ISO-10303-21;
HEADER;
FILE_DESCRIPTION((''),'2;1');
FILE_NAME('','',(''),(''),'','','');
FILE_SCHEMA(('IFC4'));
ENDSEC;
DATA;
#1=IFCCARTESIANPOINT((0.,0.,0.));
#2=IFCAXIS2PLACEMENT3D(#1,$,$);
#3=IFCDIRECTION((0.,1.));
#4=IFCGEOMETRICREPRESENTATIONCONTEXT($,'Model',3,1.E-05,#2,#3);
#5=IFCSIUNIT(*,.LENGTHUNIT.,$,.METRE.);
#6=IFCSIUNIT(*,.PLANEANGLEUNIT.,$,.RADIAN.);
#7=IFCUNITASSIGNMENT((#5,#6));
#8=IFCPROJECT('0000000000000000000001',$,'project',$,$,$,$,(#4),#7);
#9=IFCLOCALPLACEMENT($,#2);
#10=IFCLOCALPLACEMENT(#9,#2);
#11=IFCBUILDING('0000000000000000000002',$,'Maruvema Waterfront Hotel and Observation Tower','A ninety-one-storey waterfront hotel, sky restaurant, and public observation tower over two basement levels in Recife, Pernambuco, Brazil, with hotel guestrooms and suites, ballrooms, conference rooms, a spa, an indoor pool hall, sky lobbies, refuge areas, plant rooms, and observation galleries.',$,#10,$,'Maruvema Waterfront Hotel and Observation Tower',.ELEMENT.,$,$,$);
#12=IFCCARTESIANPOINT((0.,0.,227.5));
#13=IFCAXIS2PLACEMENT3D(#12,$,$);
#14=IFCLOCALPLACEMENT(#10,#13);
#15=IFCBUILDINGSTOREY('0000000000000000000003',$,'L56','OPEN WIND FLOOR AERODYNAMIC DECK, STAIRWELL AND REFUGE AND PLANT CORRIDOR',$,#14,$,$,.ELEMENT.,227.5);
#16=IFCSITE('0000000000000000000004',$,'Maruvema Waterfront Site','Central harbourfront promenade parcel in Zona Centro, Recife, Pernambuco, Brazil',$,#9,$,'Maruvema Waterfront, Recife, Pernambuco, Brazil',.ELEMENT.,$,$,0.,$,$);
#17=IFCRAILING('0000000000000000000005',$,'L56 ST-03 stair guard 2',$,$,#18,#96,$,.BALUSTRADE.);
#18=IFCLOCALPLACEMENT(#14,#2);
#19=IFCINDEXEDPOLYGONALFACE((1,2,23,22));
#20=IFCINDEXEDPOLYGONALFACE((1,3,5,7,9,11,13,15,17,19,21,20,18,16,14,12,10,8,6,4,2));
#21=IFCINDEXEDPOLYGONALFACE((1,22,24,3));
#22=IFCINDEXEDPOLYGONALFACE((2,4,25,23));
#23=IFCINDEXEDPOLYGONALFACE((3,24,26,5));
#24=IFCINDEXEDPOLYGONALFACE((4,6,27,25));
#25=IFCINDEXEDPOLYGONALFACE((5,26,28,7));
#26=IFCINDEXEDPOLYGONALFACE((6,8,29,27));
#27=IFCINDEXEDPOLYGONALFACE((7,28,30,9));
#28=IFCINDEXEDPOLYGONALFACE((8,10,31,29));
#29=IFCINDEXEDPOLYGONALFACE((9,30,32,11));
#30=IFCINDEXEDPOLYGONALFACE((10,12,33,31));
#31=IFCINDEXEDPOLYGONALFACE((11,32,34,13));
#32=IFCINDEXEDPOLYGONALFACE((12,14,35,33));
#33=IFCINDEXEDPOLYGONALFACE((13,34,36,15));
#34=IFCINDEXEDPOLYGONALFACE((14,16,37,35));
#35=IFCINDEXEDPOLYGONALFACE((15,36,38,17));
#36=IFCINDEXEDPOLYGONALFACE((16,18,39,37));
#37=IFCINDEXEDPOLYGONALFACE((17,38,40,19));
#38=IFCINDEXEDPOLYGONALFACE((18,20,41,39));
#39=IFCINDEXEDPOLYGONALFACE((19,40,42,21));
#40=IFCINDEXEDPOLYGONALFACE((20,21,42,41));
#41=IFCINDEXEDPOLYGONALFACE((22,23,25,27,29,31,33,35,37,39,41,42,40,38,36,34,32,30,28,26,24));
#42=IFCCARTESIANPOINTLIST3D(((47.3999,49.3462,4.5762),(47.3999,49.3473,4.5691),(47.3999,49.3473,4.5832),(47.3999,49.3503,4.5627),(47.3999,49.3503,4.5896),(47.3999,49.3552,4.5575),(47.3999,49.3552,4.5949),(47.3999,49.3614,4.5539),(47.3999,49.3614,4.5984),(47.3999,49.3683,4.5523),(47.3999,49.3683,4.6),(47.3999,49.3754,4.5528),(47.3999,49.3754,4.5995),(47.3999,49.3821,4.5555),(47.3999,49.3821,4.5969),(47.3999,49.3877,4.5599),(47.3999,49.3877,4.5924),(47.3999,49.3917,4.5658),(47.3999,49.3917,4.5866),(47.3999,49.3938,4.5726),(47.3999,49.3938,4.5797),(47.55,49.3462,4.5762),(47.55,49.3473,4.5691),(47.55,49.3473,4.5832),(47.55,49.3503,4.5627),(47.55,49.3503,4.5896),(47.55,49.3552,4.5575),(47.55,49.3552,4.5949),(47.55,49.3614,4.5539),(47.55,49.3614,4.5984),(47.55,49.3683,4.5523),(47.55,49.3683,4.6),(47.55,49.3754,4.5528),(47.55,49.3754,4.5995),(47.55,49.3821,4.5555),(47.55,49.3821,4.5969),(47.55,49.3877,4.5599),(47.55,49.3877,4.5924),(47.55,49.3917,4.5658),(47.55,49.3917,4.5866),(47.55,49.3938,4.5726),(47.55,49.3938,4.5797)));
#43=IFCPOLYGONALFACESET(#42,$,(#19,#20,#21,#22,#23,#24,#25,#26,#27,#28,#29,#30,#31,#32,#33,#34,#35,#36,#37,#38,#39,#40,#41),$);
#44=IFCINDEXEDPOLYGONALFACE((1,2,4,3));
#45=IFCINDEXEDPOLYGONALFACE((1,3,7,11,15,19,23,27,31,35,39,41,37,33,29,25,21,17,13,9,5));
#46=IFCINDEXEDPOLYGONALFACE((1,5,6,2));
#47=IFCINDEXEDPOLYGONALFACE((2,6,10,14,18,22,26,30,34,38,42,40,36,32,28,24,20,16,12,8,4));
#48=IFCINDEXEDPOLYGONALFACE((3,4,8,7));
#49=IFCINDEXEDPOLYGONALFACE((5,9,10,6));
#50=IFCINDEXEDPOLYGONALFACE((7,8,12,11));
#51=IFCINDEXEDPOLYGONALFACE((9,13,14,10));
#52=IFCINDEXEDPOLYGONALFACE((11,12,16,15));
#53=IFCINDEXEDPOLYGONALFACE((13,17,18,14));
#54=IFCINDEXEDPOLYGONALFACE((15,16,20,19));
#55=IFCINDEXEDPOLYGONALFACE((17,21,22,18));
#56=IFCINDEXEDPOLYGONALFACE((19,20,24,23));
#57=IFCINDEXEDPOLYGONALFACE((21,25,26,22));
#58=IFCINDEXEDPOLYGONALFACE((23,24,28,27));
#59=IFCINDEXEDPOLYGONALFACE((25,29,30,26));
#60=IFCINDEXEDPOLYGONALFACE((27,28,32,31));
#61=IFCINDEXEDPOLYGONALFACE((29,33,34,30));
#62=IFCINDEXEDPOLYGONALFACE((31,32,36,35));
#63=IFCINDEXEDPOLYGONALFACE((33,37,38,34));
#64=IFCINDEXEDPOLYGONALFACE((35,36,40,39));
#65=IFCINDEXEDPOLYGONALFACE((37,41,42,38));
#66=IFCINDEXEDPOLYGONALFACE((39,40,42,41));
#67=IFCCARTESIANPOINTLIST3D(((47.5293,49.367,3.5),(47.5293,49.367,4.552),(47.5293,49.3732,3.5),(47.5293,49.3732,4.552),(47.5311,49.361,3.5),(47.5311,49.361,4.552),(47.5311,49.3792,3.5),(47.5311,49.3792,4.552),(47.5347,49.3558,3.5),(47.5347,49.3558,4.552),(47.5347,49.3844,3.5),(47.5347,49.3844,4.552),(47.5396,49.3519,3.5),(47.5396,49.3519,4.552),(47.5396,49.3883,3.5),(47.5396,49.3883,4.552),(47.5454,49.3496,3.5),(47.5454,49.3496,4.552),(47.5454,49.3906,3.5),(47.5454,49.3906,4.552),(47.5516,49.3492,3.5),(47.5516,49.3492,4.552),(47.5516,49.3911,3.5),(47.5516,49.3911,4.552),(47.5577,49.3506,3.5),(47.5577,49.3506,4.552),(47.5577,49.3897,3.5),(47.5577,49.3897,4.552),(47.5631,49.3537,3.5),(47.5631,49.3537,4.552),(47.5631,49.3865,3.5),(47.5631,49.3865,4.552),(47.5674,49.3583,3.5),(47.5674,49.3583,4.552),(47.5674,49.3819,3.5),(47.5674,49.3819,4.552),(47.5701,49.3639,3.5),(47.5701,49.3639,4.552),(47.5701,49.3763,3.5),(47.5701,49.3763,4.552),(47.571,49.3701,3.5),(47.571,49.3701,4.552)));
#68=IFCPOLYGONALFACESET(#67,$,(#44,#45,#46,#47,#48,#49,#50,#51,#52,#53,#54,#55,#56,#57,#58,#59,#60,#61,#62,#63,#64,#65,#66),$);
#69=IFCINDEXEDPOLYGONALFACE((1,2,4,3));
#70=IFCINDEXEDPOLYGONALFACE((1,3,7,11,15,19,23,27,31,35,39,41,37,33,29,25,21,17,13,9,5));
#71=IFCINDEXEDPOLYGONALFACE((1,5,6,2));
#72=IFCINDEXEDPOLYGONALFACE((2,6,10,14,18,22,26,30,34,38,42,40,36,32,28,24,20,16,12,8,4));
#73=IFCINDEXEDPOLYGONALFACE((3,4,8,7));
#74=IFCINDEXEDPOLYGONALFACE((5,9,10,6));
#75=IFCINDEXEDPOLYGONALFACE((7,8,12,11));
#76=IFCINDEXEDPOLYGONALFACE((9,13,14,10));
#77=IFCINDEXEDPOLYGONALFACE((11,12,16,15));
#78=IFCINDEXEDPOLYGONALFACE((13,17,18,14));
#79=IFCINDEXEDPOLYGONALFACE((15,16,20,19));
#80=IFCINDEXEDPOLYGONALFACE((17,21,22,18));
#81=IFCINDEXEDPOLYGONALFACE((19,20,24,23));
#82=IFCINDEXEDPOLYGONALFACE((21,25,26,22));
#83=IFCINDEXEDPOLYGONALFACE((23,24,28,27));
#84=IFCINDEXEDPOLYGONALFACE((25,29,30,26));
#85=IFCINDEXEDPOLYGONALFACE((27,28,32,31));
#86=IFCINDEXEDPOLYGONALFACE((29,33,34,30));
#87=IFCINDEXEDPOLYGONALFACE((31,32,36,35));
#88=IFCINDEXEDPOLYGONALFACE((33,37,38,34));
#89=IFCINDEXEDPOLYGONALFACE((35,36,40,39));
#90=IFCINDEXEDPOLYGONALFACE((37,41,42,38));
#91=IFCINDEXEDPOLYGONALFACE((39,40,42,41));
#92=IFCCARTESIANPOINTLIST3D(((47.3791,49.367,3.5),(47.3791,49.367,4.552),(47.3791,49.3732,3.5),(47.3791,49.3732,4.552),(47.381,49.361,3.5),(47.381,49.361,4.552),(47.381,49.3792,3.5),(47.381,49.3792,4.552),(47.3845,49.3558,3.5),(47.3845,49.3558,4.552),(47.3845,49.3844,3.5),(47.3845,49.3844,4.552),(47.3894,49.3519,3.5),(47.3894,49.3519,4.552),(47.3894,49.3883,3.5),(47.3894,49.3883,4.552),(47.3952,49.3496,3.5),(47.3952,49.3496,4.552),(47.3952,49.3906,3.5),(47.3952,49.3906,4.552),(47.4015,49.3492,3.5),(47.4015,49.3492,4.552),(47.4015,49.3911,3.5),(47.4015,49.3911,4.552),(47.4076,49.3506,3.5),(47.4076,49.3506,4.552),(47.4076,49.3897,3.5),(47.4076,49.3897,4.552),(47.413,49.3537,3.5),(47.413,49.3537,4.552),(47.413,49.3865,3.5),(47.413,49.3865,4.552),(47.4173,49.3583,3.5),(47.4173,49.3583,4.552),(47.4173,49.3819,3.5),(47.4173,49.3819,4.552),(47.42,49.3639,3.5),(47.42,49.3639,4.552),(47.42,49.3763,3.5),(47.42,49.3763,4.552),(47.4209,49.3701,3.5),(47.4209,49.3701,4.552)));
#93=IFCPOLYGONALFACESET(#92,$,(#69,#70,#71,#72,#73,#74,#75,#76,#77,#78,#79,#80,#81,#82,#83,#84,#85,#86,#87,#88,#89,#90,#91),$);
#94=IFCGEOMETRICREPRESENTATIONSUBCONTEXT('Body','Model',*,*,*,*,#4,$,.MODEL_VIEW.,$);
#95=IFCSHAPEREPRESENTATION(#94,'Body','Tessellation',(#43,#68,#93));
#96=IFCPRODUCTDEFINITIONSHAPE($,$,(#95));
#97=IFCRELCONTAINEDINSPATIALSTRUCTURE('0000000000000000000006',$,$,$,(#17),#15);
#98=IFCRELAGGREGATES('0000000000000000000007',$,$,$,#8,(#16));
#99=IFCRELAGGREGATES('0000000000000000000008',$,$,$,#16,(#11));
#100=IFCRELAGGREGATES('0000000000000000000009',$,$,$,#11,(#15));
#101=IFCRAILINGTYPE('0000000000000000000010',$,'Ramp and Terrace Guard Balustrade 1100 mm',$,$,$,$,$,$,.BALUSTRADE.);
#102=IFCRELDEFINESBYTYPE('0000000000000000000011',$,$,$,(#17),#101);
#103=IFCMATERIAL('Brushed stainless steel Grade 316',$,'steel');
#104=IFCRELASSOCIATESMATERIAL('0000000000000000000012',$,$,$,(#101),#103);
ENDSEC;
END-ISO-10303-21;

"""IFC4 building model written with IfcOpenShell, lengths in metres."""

from ifc_helpers import new_model, si_unit, direction, frame, origin, origin_2d, place, context, subcontext, project, spatial, circle, extrude, material, type_object, element, save


model = new_model("IFC4")

# Units and contexts
model_context = context("Model", 3, precision=1e-05, world=origin(), true_north=direction((0.0, 1.0)))
body_context = subcontext(model_context, "Body", "Model", "MODEL_VIEW")
ifc_project = project(units=[si_unit("LENGTHUNIT", "METRE"), si_unit("PLANEANGLEUNIT", "RADIAN")], contexts=[model_context])

# Site, building, storey
site_placement = place(None, origin())
site = spatial("IfcSite", under=ifc_project, at=site_placement, Name="Maruvema Waterfront Site", Description="Central harbourfront promenade parcel in Zona Centro, Recife, Pernambuco, Brazil", LongName="Maruvema Waterfront, Recife, Pernambuco, Brazil", CompositionType="ELEMENT", RefElevation=0.0)
building_placement = place(site_placement, origin())
building = spatial("IfcBuilding", under=site, at=building_placement, Name="Maruvema Waterfront Hotel and Observation Tower", Description="A ninety-one-storey waterfront hotel, sky restaurant, and public observation tower over two basement levels in Recife, Pernambuco, Brazil, with hotel guestrooms and suites, ballrooms, conference rooms, a spa, an indoor pool hall, sky lobbies, refuge areas, plant rooms, and observation galleries.", LongName="Maruvema Waterfront Hotel and Observation Tower", CompositionType="ELEMENT")
storey_placement = place(building_placement, frame((0.0, 0.0, 227.5)))
storey = spatial("IfcBuildingStorey", under=building, at=storey_placement, Name="L56", Description="OPEN WIND FLOOR AERODYNAMIC DECK, STAIRWELL AND REFUGE AND PLANT CORRIDOR", CompositionType="ELEMENT", Elevation=227.5)

# Railing
ifc_material_1 = material(Name="Brushed stainless steel Grade 316", Category="steel")
railing_type_1 = type_object("IfcRailingType", Name="Ramp and Terrace Guard Balustrade 1100 mm", PredefinedType="BALUSTRADE", material=ifc_material_1)
railing_1_placement = place(storey_placement, frame((47.55, 49.3701, 3.5)))
element("IfcRailing", 1, at=railing_1_placement, inside=storey, type_object=railing_type_1, Name="L56 ST-03 stair guard 2", PredefinedType="BALUSTRADE", context=body_context, shape_type="SweptSolid", body=[
    extrude(circle(Radius=0.0239, at=origin_2d()), frame((0.0, 0.0, 1.0762), z_axis=(-1.0, 0.0, 0.0), x_axis=(0.0, -1.0, 0.0)), (0.0, 0.0, 1.0), 0.1501),
    extrude(circle(Radius=0.021, at=origin_2d()), origin(), (0.0, 0.0, 1.0), 1.052),
    extrude(circle(Radius=0.021, at=origin_2d()), frame((-0.1501, 0.0, 0.0)), (0.0, 0.0, 1.0), 1.052),
])

save(model, "model.ifc")
